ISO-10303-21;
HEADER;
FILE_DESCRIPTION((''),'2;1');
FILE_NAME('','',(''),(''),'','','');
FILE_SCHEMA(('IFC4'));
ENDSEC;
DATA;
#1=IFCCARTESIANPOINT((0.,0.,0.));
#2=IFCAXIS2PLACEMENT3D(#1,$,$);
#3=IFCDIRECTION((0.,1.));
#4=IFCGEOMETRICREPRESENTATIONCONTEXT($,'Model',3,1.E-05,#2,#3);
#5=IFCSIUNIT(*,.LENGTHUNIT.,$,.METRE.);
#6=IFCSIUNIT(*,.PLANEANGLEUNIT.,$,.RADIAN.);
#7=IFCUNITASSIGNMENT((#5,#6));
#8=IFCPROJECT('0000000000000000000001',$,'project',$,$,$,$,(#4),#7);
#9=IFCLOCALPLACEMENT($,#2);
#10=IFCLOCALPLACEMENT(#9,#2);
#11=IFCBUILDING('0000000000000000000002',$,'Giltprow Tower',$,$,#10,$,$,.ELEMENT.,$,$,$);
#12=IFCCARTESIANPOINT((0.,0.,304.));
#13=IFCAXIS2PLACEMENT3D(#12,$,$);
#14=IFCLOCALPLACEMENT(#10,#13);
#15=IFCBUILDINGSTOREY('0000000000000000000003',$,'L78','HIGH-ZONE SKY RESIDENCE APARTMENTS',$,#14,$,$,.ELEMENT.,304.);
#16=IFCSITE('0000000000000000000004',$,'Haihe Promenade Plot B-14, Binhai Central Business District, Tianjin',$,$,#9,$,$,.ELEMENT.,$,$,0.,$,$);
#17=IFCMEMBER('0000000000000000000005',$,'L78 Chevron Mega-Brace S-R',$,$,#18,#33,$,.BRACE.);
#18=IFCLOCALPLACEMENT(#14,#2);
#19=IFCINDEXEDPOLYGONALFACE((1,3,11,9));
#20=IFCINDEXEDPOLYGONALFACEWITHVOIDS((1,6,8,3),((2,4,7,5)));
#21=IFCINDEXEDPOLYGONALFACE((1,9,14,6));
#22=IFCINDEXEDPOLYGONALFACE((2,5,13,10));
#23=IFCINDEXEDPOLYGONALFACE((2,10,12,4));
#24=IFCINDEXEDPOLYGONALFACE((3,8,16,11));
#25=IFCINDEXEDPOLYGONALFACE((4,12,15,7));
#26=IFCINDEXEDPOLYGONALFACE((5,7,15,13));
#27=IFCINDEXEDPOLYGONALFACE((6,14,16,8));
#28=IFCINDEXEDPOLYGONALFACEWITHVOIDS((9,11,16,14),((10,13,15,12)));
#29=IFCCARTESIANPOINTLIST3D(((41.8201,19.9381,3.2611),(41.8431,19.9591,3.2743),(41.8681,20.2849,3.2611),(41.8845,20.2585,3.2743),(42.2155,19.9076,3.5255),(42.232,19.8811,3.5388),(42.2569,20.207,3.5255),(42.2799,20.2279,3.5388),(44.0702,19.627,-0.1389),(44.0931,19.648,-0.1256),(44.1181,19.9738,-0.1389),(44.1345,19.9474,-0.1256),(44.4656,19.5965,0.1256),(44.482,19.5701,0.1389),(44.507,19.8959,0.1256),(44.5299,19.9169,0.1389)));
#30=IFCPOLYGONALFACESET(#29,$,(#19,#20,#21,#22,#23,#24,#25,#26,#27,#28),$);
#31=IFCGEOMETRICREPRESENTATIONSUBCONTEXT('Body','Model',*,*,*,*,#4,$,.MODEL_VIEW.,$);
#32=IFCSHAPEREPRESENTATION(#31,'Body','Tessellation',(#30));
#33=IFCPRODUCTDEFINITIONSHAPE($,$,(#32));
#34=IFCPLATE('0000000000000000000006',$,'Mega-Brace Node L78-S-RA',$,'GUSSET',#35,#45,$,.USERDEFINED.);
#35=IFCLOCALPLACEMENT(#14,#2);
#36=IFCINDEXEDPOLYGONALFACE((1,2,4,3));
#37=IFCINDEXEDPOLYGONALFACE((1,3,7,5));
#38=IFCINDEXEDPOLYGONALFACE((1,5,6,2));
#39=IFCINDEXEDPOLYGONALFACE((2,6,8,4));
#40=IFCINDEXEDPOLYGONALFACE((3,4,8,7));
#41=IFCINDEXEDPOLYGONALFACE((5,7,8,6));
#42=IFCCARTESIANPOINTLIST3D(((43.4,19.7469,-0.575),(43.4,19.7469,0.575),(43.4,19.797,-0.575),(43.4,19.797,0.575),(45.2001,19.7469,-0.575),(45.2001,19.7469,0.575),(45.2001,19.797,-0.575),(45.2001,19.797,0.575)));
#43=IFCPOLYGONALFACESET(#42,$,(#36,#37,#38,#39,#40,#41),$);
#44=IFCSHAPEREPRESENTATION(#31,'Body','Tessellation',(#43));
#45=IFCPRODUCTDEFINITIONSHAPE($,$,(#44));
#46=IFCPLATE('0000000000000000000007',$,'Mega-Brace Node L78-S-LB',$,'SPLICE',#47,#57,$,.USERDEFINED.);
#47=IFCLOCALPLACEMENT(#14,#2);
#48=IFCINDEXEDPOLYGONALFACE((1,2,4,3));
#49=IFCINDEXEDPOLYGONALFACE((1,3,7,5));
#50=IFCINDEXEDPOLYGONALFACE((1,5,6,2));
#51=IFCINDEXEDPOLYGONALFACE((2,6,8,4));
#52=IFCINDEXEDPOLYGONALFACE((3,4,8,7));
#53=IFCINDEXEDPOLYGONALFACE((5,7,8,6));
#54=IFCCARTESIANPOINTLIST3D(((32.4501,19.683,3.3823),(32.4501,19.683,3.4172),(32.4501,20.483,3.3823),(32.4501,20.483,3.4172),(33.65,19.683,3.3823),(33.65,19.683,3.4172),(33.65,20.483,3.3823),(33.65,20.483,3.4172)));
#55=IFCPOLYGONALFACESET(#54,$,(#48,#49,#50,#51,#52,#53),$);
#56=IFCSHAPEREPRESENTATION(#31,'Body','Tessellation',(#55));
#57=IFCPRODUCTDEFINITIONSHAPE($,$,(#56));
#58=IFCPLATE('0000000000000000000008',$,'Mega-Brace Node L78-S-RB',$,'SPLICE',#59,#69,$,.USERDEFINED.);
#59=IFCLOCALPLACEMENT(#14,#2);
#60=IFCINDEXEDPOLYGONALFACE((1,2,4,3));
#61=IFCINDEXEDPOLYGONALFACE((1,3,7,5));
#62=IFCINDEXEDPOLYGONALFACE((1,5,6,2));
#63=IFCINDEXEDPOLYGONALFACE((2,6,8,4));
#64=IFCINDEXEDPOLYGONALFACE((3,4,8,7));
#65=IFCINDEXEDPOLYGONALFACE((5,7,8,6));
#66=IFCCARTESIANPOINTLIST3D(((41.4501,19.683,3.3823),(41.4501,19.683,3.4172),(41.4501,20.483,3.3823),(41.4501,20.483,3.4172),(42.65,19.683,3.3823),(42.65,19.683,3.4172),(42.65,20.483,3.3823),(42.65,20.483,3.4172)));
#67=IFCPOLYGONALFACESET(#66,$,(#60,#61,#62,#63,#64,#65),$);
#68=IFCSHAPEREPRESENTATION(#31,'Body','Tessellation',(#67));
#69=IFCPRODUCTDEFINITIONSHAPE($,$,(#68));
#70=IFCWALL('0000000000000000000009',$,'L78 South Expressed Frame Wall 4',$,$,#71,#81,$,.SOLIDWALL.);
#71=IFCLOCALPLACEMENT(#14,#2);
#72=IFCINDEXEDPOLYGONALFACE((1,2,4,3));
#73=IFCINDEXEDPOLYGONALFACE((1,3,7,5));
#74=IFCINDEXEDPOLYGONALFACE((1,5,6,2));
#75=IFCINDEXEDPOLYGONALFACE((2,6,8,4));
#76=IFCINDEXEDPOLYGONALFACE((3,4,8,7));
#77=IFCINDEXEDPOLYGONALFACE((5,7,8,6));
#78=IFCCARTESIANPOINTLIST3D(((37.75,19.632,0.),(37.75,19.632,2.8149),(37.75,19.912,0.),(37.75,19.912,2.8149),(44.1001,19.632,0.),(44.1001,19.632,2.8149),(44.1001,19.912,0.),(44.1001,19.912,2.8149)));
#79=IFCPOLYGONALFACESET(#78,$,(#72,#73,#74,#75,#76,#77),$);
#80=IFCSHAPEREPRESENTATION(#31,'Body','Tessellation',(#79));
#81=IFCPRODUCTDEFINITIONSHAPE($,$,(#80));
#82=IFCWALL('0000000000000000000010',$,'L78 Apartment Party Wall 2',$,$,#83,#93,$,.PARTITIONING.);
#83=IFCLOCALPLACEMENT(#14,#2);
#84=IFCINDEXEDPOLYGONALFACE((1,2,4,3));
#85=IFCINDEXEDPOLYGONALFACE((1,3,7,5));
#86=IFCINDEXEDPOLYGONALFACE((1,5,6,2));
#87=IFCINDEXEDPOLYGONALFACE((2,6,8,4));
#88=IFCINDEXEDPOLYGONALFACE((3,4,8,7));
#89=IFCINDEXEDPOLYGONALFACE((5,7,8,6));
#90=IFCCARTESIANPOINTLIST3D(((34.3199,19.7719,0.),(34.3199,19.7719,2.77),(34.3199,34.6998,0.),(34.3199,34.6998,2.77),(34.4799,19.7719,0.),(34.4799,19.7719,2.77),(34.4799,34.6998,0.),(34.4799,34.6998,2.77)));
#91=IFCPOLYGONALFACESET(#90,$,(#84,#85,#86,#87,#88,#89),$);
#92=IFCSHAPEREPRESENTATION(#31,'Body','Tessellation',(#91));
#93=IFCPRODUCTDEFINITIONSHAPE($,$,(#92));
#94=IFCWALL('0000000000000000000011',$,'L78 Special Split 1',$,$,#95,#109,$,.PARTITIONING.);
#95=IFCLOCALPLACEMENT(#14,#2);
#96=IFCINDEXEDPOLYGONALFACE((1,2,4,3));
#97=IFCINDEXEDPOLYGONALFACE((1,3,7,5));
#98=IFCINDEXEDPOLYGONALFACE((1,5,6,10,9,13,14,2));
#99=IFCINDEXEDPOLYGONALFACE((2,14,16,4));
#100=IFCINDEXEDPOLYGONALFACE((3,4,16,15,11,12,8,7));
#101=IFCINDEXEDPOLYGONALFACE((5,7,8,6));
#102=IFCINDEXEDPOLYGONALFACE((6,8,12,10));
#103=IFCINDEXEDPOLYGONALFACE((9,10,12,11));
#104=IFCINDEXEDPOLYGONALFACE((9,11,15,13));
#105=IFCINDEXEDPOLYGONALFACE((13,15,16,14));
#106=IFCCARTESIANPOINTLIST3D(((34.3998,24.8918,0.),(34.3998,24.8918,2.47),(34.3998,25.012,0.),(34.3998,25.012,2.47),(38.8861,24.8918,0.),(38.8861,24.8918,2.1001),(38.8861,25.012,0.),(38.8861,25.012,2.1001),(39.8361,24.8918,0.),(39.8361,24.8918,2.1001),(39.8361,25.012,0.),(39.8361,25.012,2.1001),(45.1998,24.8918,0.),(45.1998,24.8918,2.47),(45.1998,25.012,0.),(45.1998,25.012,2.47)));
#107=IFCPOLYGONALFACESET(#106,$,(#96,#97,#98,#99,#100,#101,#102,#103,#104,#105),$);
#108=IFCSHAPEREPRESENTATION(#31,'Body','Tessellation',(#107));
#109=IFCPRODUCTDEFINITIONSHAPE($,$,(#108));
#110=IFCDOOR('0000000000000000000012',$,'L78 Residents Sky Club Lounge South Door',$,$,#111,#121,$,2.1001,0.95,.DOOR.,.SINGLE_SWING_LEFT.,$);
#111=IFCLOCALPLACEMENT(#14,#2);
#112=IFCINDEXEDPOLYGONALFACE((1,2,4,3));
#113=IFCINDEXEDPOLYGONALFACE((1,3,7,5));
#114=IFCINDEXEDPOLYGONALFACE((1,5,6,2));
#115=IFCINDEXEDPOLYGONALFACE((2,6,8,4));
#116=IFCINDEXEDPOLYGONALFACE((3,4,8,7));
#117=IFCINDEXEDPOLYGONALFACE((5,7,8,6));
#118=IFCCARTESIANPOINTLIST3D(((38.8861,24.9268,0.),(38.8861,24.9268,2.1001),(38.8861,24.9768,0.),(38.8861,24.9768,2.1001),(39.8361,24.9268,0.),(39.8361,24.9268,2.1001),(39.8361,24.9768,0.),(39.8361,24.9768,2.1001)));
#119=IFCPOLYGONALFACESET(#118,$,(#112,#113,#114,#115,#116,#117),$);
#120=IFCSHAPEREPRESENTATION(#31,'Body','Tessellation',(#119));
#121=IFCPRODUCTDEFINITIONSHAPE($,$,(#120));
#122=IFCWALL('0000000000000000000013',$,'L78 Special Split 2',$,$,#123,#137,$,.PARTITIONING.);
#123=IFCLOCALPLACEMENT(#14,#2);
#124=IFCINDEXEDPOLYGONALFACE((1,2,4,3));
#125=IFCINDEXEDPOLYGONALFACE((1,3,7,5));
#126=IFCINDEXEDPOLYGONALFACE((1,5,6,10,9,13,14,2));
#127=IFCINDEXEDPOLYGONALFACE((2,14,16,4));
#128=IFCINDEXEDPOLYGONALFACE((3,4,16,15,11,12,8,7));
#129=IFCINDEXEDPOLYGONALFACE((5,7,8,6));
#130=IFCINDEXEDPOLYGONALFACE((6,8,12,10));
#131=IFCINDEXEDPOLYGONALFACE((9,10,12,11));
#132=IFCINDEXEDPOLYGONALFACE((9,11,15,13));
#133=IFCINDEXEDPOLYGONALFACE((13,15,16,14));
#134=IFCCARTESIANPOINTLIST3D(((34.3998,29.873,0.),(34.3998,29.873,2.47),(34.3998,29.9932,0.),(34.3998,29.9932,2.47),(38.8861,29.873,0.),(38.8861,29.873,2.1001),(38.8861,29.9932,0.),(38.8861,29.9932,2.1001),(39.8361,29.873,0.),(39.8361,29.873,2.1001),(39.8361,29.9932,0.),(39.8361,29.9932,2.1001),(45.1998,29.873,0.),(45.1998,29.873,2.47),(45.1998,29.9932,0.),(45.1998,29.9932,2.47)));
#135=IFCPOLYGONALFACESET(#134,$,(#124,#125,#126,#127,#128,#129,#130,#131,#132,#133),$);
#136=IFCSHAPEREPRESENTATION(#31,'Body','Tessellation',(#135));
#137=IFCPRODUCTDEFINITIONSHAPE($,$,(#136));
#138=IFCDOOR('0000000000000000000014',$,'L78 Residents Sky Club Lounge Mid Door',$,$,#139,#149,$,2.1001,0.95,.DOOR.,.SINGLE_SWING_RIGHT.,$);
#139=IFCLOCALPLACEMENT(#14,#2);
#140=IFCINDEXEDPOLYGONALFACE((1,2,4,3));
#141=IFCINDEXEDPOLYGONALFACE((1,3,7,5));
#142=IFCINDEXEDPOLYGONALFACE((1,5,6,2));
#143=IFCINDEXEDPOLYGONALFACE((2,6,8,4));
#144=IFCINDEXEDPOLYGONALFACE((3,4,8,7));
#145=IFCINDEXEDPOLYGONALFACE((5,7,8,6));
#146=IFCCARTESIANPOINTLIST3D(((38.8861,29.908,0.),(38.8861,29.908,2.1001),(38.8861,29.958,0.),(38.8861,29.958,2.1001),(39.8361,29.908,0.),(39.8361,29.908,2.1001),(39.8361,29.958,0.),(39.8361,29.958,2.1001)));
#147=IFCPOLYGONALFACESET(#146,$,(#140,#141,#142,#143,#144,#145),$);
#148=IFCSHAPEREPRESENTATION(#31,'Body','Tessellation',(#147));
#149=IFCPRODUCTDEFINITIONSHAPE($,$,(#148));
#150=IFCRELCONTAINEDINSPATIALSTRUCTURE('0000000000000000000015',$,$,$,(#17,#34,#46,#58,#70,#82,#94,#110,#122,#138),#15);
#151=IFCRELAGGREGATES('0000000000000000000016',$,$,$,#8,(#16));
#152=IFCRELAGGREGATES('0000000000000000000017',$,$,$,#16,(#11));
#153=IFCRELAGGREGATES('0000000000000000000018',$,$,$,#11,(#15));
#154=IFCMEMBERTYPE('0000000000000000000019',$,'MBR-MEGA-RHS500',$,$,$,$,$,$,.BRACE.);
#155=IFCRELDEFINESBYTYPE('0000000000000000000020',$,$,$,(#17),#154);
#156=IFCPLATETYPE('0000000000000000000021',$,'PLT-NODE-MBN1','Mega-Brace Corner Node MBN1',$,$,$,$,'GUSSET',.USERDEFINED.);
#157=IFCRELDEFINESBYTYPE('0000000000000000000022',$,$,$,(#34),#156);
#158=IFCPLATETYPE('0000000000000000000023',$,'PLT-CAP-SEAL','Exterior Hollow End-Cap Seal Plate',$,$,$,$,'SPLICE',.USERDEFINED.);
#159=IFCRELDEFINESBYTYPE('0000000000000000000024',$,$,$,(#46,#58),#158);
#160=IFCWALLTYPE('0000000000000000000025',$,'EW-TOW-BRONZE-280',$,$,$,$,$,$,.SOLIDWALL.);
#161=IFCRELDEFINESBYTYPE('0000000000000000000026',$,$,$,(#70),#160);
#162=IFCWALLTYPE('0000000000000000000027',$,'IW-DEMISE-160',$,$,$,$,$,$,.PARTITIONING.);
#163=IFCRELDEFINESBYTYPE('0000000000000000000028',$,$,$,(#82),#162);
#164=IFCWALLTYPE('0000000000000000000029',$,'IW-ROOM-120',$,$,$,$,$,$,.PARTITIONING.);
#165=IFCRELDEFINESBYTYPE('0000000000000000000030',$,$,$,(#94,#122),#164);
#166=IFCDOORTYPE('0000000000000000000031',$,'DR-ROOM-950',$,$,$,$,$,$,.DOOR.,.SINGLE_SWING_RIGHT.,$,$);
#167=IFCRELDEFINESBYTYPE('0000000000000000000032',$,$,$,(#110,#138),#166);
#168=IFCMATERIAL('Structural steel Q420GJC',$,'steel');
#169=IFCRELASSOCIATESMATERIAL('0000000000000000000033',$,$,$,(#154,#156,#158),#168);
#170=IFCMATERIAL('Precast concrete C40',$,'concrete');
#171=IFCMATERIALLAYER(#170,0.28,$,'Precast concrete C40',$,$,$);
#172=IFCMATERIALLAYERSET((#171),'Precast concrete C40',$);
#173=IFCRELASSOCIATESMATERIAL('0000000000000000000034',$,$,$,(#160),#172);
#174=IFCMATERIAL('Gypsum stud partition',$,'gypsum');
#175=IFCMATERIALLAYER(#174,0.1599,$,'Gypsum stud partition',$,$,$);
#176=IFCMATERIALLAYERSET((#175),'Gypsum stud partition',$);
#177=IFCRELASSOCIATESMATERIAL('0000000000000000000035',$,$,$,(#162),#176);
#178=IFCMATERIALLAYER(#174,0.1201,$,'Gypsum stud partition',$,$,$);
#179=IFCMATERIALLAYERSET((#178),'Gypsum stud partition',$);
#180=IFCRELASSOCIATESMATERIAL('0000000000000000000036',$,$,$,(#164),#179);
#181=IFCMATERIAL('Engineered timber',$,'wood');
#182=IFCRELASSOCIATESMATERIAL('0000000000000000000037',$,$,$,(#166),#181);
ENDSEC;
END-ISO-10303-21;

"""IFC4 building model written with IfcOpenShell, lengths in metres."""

from ifc_helpers import new_model, si_unit, direction, frame, frame_2d, origin, origin_2d, place, context, subcontext, project, spatial, rectangle, hollow_rectangle, extrude, source, transform, mapped, material, layer, layer_set, material_profile, profile_set, type_object, element, fill, save


model = new_model("IFC4")

# Units and contexts
model_context = context("Model", 3, precision=1e-05, world=origin(), true_north=direction((0.0, 1.0)))
body_context = subcontext(model_context, "Body", "Model", "MODEL_VIEW")
ifc_project = project(units=[si_unit("LENGTHUNIT", "METRE"), si_unit("PLANEANGLEUNIT", "RADIAN")], contexts=[model_context])

# Site, building, storey
site_placement = place(None, origin())
site = spatial("IfcSite", under=ifc_project, at=site_placement, Name="Haihe Promenade Plot B-14, Binhai Central Business District, Tianjin", CompositionType="ELEMENT", RefElevation=0.0)
building_placement = place(site_placement, origin())
building = spatial("IfcBuilding", under=site, at=building_placement, Name="Giltprow Tower", CompositionType="ELEMENT")
storey_placement = place(building_placement, frame((0.0, 0.0, 304.0)))
storey = spatial("IfcBuildingStorey", under=building, at=storey_placement, Name="L78", Description="HIGH-ZONE SKY RESIDENCE APARTMENTS", CompositionType="ELEMENT", Elevation=304.0)

# Member
ifc_material_1 = material(Name="Structural steel Q420GJC", Category="steel")
ifc_material_profile_1 = material_profile(ifc_material_1, hollow_rectangle(XDim=0.3501, YDim=0.5, WallThickness=0.0239, at=origin_2d()), Name="RHS 500x350x24")
ifc_profile_set_1 = profile_set([ifc_material_profile_1], Name="Structural steel Q420GJC")
member_type = type_object("IfcMemberType", Name="MBR-MEGA-RHS500", PredefinedType="BRACE", material=ifc_profile_set_1)
shared_shape_1 = source(origin(), body_context, "Body", "SweptSolid", [
    extrude(hollow_rectangle(XDim=0.3501, YDim=0.5, WallThickness=0.0239, at=origin_2d()), origin(), (0.0, 0.0, 1.0), 4.0889),
])
member_placement = place(storey_placement, frame((44.3, 19.772, 0.0), z_axis=(-0.550279, 0.076069, 0.831509), x_axis=(-0.136936, -0.99058, 0.0)))
element("IfcMember", 1, at=member_placement, inside=storey, type_object=member_type, Name="L78 Chevron Mega-Brace S-R", PredefinedType="BRACE", context=body_context, shape_type="MappedRepresentation", body=[
    mapped(shared_shape_1, transform((0.0, 0.0, 0.0), x_axis=(1.0, 0.0, 0.0), y_axis=(0.0, 1.0, 0.0), z_axis=(0.0, 0.0, 1.0), scale=1.0)),
])

# Plates
plate_type_1 = type_object("IfcPlateType", Name="PLT-NODE-MBN1", Description="Mega-Brace Corner Node MBN1", ElementType="GUSSET", PredefinedType="USERDEFINED", material=ifc_material_1)
shared_shape_2 = source(origin(), body_context, "Body", "SweptSolid", [
    extrude(rectangle(XDim=1.8, YDim=0.05, at=origin_2d()), origin(), (0.0, 0.0, 1.0), 1.1499),
])
plate_placement = place(storey_placement, frame((44.3, 19.772, -0.575), z_axis=(0.0, 0.0, 1.0), x_axis=(1.0, 0.0, 0.0)))
element("IfcPlate", 2, at=plate_placement, inside=storey, type_object=plate_type_1, Name="Mega-Brace Node L78-S-RA", ObjectType="GUSSET", PredefinedType="USERDEFINED", context=body_context, shape_type="MappedRepresentation", body=[
    mapped(shared_shape_2, transform((0.0, 0.0, 0.0), x_axis=(1.0, 0.0, 0.0), y_axis=(0.0, 1.0, 0.0), z_axis=(0.0, 0.0, 1.0), scale=1.0)),
])
plate_type_2 = type_object("IfcPlateType", Name="PLT-CAP-SEAL", Description="Exterior Hollow End-Cap Seal Plate", ElementType="SPLICE", PredefinedType="USERDEFINED", material=ifc_material_1)
shared_shape_3 = source(origin(), body_context, "Body", "SweptSolid", [
    extrude(rectangle(XDim=1.2, YDim=0.8, at=origin_2d()), origin(), (0.0, 0.0, 1.0), 0.0349),
])
for number, where, z_axis, x_axis, name in (
    (3, (33.05, 20.083, 3.3823), (0.0, 0.0, 1.0), (1.0, 0.0, 0.0), "Mega-Brace Node L78-S-LB"),
    (4, (42.05, 20.083, 3.3823), (0.0, 0.0, 1.0), (1.0, 0.0, 0.0), "Mega-Brace Node L78-S-RB"),
):
    element("IfcPlate", number, at=place(storey_placement, frame(where, z_axis=z_axis, x_axis=x_axis)), inside=storey, type_object=plate_type_2, Name=name, ObjectType="SPLICE", PredefinedType="USERDEFINED", context=body_context, shape_type="MappedRepresentation", body=[
        mapped(shared_shape_3, transform((0.0, 0.0, 0.0), x_axis=(1.0, 0.0, 0.0), y_axis=(0.0, 1.0, 0.0), z_axis=(0.0, 0.0, 1.0), scale=1.0)),
    ])

# Walls
ifc_material_2 = material(Name="Precast concrete C40", Category="concrete")
ifc_layer_1 = layer(ifc_material_2, 0.28, Name="Precast concrete C40")
ifc_layer_set_1 = layer_set([ifc_layer_1], Name="Precast concrete C40")
wall_type_1 = type_object("IfcWallType", Name="EW-TOW-BRONZE-280", PredefinedType="SOLIDWALL", material=ifc_layer_set_1)
wall_1_placement = place(storey_placement, frame((37.75, 19.772, 0.0), z_axis=(0.0, 0.0, 1.0), x_axis=(1.0, 0.0, 0.0)))
element("IfcWall", 5, at=wall_1_placement, inside=storey, type_object=wall_type_1, Name="L78 South Expressed Frame Wall 4", PredefinedType="SOLIDWALL", context=body_context, shape_type="SweptSolid", body=[
    extrude(rectangle(XDim=6.3501, YDim=0.28, at=frame_2d((3.175, 0.0))), origin(), (0.0, 0.0, 1.0), 2.8149),
])
ifc_material_3 = material(Name="Gypsum stud partition", Category="gypsum")
ifc_layer_2 = layer(ifc_material_3, 0.1599, Name="Gypsum stud partition")
ifc_layer_set_2 = layer_set([ifc_layer_2], Name="Gypsum stud partition")
wall_type_2 = type_object("IfcWallType", Name="IW-DEMISE-160", PredefinedType="PARTITIONING", material=ifc_layer_set_2)
wall_2_placement = place(storey_placement, frame((34.3999, 19.772, 0.0), z_axis=(0.0, 0.0, 1.0), x_axis=(0.0, 1.0, 0.0)))
element("IfcWall", 6, at=wall_2_placement, inside=storey, type_object=wall_type_2, Name="L78 Apartment Party Wall 2", PredefinedType="PARTITIONING", context=body_context, shape_type="SweptSolid", body=[
    extrude(rectangle(XDim=14.928, YDim=0.1599, at=frame_2d((7.4639, 0.0))), origin(), (0.0, 0.0, 1.0), 2.77),
])

# Walls, openings, doors
ifc_layer_3 = layer(ifc_material_3, 0.1201, Name="Gypsum stud partition")
ifc_layer_set_3 = layer_set([ifc_layer_3], Name="Gypsum stud partition")
wall_type_3 = type_object("IfcWallType", Name="IW-ROOM-120", PredefinedType="PARTITIONING", material=ifc_layer_set_3)
wall_3_placement = place(storey_placement, frame((34.3999, 24.9519, 0.0), z_axis=(0.0, 0.0, 1.0), x_axis=(1.0, 0.0, 0.0)))
wall_3 = element("IfcWall", 7, at=wall_3_placement, inside=storey, type_object=wall_type_3, Name="L78 Special Split 1", PredefinedType="PARTITIONING", context=body_context, shape_type="SweptSolid", body=[
    extrude(rectangle(XDim=10.8, YDim=0.1201, at=frame_2d((5.3999, 0.0))), origin(), (0.0, 0.0, 1.0), 2.47),
])
opening_1_placement = place(wall_3_placement, frame((4.4861, 0.0, 0.0)))
opening_1 = element("IfcOpeningElement", 8, at=opening_1_placement, cuts=wall_3, PredefinedType="OPENING", context=body_context, shape_type="SweptSolid", body=[
    extrude(rectangle(XDim=0.95, YDim=2.1001, at=frame_2d((0.4751, 1.05))), frame((0.0, 0.0701, 0.0), z_axis=(0.0, -1.0, 0.0), x_axis=(1.0, 0.0, 0.0)), (0.0, 0.0, 1.0), 0.1401),
])
ifc_material_4 = material(Name="Engineered timber", Category="wood")
door_type = type_object("IfcDoorType", Name="DR-ROOM-950", OperationType="SINGLE_SWING_RIGHT", PredefinedType="DOOR", material=ifc_material_4)
shared_shape_4 = source(origin(), body_context, "Body", "SweptSolid", [
    extrude(rectangle(XDim=0.95, YDim=2.1001, at=frame_2d((0.4751, 1.05))), frame((0.0, 0.0249, 0.0), z_axis=(0.0, -1.0, 0.0), x_axis=(1.0, 0.0, 0.0)), (0.0, 0.0, 1.0), 0.05),
])
door_1_placement = place(opening_1_placement, origin())
door_1 = element("IfcDoor", 9, at=door_1_placement, inside=storey, type_object=door_type, Name="L78 Residents Sky Club Lounge South Door", OperationType="SINGLE_SWING_LEFT", OverallHeight=2.1001, OverallWidth=0.95, PredefinedType="DOOR", context=body_context, shape_type="MappedRepresentation", body=[
    mapped(shared_shape_4, transform((0.0, 0.0, 0.0), x_axis=(1.0, 0.0, 0.0), y_axis=(0.0, 1.0, 0.0), z_axis=(0.0, 0.0, 1.0), scale=1.0)),
])
fill(opening_1, door_1)
wall_4_placement = place(storey_placement, frame((34.3999, 29.9331, 0.0), z_axis=(0.0, 0.0, 1.0), x_axis=(1.0, 0.0, 0.0)))
wall_4 = element("IfcWall", 10, at=wall_4_placement, inside=storey, type_object=wall_type_3, Name="L78 Special Split 2", PredefinedType="PARTITIONING", context=body_context, shape_type="SweptSolid", body=[
    extrude(rectangle(XDim=10.8, YDim=0.1201, at=frame_2d((5.3999, 0.0))), origin(), (0.0, 0.0, 1.0), 2.47),
])
opening_2_placement = place(wall_4_placement, frame((4.4861, 0.0, 0.0)))
opening_2 = element("IfcOpeningElement", 11, at=opening_2_placement, cuts=wall_4, PredefinedType="OPENING", context=body_context, shape_type="SweptSolid", body=[
    extrude(rectangle(XDim=0.95, YDim=2.1001, at=frame_2d((0.4751, 1.05))), frame((0.0, 0.0701, 0.0), z_axis=(0.0, -1.0, 0.0), x_axis=(1.0, 0.0, 0.0)), (0.0, 0.0, 1.0), 0.1401),
])
door_2_placement = place(opening_2_placement, origin())
door_2 = element("IfcDoor", 12, at=door_2_placement, inside=storey, type_object=door_type, Name="L78 Residents Sky Club Lounge Mid Door", OperationType="SINGLE_SWING_RIGHT", OverallHeight=2.1001, OverallWidth=0.95, PredefinedType="DOOR", context=body_context, shape_type="MappedRepresentation", body=[
    mapped(shared_shape_4, transform((0.0, 0.0, 0.0), x_axis=(1.0, 0.0, 0.0), y_axis=(0.0, 1.0, 0.0), z_axis=(0.0, 0.0, 1.0), scale=1.0)),
])
fill(opening_2, door_2)

save(model, "model.ifc")
